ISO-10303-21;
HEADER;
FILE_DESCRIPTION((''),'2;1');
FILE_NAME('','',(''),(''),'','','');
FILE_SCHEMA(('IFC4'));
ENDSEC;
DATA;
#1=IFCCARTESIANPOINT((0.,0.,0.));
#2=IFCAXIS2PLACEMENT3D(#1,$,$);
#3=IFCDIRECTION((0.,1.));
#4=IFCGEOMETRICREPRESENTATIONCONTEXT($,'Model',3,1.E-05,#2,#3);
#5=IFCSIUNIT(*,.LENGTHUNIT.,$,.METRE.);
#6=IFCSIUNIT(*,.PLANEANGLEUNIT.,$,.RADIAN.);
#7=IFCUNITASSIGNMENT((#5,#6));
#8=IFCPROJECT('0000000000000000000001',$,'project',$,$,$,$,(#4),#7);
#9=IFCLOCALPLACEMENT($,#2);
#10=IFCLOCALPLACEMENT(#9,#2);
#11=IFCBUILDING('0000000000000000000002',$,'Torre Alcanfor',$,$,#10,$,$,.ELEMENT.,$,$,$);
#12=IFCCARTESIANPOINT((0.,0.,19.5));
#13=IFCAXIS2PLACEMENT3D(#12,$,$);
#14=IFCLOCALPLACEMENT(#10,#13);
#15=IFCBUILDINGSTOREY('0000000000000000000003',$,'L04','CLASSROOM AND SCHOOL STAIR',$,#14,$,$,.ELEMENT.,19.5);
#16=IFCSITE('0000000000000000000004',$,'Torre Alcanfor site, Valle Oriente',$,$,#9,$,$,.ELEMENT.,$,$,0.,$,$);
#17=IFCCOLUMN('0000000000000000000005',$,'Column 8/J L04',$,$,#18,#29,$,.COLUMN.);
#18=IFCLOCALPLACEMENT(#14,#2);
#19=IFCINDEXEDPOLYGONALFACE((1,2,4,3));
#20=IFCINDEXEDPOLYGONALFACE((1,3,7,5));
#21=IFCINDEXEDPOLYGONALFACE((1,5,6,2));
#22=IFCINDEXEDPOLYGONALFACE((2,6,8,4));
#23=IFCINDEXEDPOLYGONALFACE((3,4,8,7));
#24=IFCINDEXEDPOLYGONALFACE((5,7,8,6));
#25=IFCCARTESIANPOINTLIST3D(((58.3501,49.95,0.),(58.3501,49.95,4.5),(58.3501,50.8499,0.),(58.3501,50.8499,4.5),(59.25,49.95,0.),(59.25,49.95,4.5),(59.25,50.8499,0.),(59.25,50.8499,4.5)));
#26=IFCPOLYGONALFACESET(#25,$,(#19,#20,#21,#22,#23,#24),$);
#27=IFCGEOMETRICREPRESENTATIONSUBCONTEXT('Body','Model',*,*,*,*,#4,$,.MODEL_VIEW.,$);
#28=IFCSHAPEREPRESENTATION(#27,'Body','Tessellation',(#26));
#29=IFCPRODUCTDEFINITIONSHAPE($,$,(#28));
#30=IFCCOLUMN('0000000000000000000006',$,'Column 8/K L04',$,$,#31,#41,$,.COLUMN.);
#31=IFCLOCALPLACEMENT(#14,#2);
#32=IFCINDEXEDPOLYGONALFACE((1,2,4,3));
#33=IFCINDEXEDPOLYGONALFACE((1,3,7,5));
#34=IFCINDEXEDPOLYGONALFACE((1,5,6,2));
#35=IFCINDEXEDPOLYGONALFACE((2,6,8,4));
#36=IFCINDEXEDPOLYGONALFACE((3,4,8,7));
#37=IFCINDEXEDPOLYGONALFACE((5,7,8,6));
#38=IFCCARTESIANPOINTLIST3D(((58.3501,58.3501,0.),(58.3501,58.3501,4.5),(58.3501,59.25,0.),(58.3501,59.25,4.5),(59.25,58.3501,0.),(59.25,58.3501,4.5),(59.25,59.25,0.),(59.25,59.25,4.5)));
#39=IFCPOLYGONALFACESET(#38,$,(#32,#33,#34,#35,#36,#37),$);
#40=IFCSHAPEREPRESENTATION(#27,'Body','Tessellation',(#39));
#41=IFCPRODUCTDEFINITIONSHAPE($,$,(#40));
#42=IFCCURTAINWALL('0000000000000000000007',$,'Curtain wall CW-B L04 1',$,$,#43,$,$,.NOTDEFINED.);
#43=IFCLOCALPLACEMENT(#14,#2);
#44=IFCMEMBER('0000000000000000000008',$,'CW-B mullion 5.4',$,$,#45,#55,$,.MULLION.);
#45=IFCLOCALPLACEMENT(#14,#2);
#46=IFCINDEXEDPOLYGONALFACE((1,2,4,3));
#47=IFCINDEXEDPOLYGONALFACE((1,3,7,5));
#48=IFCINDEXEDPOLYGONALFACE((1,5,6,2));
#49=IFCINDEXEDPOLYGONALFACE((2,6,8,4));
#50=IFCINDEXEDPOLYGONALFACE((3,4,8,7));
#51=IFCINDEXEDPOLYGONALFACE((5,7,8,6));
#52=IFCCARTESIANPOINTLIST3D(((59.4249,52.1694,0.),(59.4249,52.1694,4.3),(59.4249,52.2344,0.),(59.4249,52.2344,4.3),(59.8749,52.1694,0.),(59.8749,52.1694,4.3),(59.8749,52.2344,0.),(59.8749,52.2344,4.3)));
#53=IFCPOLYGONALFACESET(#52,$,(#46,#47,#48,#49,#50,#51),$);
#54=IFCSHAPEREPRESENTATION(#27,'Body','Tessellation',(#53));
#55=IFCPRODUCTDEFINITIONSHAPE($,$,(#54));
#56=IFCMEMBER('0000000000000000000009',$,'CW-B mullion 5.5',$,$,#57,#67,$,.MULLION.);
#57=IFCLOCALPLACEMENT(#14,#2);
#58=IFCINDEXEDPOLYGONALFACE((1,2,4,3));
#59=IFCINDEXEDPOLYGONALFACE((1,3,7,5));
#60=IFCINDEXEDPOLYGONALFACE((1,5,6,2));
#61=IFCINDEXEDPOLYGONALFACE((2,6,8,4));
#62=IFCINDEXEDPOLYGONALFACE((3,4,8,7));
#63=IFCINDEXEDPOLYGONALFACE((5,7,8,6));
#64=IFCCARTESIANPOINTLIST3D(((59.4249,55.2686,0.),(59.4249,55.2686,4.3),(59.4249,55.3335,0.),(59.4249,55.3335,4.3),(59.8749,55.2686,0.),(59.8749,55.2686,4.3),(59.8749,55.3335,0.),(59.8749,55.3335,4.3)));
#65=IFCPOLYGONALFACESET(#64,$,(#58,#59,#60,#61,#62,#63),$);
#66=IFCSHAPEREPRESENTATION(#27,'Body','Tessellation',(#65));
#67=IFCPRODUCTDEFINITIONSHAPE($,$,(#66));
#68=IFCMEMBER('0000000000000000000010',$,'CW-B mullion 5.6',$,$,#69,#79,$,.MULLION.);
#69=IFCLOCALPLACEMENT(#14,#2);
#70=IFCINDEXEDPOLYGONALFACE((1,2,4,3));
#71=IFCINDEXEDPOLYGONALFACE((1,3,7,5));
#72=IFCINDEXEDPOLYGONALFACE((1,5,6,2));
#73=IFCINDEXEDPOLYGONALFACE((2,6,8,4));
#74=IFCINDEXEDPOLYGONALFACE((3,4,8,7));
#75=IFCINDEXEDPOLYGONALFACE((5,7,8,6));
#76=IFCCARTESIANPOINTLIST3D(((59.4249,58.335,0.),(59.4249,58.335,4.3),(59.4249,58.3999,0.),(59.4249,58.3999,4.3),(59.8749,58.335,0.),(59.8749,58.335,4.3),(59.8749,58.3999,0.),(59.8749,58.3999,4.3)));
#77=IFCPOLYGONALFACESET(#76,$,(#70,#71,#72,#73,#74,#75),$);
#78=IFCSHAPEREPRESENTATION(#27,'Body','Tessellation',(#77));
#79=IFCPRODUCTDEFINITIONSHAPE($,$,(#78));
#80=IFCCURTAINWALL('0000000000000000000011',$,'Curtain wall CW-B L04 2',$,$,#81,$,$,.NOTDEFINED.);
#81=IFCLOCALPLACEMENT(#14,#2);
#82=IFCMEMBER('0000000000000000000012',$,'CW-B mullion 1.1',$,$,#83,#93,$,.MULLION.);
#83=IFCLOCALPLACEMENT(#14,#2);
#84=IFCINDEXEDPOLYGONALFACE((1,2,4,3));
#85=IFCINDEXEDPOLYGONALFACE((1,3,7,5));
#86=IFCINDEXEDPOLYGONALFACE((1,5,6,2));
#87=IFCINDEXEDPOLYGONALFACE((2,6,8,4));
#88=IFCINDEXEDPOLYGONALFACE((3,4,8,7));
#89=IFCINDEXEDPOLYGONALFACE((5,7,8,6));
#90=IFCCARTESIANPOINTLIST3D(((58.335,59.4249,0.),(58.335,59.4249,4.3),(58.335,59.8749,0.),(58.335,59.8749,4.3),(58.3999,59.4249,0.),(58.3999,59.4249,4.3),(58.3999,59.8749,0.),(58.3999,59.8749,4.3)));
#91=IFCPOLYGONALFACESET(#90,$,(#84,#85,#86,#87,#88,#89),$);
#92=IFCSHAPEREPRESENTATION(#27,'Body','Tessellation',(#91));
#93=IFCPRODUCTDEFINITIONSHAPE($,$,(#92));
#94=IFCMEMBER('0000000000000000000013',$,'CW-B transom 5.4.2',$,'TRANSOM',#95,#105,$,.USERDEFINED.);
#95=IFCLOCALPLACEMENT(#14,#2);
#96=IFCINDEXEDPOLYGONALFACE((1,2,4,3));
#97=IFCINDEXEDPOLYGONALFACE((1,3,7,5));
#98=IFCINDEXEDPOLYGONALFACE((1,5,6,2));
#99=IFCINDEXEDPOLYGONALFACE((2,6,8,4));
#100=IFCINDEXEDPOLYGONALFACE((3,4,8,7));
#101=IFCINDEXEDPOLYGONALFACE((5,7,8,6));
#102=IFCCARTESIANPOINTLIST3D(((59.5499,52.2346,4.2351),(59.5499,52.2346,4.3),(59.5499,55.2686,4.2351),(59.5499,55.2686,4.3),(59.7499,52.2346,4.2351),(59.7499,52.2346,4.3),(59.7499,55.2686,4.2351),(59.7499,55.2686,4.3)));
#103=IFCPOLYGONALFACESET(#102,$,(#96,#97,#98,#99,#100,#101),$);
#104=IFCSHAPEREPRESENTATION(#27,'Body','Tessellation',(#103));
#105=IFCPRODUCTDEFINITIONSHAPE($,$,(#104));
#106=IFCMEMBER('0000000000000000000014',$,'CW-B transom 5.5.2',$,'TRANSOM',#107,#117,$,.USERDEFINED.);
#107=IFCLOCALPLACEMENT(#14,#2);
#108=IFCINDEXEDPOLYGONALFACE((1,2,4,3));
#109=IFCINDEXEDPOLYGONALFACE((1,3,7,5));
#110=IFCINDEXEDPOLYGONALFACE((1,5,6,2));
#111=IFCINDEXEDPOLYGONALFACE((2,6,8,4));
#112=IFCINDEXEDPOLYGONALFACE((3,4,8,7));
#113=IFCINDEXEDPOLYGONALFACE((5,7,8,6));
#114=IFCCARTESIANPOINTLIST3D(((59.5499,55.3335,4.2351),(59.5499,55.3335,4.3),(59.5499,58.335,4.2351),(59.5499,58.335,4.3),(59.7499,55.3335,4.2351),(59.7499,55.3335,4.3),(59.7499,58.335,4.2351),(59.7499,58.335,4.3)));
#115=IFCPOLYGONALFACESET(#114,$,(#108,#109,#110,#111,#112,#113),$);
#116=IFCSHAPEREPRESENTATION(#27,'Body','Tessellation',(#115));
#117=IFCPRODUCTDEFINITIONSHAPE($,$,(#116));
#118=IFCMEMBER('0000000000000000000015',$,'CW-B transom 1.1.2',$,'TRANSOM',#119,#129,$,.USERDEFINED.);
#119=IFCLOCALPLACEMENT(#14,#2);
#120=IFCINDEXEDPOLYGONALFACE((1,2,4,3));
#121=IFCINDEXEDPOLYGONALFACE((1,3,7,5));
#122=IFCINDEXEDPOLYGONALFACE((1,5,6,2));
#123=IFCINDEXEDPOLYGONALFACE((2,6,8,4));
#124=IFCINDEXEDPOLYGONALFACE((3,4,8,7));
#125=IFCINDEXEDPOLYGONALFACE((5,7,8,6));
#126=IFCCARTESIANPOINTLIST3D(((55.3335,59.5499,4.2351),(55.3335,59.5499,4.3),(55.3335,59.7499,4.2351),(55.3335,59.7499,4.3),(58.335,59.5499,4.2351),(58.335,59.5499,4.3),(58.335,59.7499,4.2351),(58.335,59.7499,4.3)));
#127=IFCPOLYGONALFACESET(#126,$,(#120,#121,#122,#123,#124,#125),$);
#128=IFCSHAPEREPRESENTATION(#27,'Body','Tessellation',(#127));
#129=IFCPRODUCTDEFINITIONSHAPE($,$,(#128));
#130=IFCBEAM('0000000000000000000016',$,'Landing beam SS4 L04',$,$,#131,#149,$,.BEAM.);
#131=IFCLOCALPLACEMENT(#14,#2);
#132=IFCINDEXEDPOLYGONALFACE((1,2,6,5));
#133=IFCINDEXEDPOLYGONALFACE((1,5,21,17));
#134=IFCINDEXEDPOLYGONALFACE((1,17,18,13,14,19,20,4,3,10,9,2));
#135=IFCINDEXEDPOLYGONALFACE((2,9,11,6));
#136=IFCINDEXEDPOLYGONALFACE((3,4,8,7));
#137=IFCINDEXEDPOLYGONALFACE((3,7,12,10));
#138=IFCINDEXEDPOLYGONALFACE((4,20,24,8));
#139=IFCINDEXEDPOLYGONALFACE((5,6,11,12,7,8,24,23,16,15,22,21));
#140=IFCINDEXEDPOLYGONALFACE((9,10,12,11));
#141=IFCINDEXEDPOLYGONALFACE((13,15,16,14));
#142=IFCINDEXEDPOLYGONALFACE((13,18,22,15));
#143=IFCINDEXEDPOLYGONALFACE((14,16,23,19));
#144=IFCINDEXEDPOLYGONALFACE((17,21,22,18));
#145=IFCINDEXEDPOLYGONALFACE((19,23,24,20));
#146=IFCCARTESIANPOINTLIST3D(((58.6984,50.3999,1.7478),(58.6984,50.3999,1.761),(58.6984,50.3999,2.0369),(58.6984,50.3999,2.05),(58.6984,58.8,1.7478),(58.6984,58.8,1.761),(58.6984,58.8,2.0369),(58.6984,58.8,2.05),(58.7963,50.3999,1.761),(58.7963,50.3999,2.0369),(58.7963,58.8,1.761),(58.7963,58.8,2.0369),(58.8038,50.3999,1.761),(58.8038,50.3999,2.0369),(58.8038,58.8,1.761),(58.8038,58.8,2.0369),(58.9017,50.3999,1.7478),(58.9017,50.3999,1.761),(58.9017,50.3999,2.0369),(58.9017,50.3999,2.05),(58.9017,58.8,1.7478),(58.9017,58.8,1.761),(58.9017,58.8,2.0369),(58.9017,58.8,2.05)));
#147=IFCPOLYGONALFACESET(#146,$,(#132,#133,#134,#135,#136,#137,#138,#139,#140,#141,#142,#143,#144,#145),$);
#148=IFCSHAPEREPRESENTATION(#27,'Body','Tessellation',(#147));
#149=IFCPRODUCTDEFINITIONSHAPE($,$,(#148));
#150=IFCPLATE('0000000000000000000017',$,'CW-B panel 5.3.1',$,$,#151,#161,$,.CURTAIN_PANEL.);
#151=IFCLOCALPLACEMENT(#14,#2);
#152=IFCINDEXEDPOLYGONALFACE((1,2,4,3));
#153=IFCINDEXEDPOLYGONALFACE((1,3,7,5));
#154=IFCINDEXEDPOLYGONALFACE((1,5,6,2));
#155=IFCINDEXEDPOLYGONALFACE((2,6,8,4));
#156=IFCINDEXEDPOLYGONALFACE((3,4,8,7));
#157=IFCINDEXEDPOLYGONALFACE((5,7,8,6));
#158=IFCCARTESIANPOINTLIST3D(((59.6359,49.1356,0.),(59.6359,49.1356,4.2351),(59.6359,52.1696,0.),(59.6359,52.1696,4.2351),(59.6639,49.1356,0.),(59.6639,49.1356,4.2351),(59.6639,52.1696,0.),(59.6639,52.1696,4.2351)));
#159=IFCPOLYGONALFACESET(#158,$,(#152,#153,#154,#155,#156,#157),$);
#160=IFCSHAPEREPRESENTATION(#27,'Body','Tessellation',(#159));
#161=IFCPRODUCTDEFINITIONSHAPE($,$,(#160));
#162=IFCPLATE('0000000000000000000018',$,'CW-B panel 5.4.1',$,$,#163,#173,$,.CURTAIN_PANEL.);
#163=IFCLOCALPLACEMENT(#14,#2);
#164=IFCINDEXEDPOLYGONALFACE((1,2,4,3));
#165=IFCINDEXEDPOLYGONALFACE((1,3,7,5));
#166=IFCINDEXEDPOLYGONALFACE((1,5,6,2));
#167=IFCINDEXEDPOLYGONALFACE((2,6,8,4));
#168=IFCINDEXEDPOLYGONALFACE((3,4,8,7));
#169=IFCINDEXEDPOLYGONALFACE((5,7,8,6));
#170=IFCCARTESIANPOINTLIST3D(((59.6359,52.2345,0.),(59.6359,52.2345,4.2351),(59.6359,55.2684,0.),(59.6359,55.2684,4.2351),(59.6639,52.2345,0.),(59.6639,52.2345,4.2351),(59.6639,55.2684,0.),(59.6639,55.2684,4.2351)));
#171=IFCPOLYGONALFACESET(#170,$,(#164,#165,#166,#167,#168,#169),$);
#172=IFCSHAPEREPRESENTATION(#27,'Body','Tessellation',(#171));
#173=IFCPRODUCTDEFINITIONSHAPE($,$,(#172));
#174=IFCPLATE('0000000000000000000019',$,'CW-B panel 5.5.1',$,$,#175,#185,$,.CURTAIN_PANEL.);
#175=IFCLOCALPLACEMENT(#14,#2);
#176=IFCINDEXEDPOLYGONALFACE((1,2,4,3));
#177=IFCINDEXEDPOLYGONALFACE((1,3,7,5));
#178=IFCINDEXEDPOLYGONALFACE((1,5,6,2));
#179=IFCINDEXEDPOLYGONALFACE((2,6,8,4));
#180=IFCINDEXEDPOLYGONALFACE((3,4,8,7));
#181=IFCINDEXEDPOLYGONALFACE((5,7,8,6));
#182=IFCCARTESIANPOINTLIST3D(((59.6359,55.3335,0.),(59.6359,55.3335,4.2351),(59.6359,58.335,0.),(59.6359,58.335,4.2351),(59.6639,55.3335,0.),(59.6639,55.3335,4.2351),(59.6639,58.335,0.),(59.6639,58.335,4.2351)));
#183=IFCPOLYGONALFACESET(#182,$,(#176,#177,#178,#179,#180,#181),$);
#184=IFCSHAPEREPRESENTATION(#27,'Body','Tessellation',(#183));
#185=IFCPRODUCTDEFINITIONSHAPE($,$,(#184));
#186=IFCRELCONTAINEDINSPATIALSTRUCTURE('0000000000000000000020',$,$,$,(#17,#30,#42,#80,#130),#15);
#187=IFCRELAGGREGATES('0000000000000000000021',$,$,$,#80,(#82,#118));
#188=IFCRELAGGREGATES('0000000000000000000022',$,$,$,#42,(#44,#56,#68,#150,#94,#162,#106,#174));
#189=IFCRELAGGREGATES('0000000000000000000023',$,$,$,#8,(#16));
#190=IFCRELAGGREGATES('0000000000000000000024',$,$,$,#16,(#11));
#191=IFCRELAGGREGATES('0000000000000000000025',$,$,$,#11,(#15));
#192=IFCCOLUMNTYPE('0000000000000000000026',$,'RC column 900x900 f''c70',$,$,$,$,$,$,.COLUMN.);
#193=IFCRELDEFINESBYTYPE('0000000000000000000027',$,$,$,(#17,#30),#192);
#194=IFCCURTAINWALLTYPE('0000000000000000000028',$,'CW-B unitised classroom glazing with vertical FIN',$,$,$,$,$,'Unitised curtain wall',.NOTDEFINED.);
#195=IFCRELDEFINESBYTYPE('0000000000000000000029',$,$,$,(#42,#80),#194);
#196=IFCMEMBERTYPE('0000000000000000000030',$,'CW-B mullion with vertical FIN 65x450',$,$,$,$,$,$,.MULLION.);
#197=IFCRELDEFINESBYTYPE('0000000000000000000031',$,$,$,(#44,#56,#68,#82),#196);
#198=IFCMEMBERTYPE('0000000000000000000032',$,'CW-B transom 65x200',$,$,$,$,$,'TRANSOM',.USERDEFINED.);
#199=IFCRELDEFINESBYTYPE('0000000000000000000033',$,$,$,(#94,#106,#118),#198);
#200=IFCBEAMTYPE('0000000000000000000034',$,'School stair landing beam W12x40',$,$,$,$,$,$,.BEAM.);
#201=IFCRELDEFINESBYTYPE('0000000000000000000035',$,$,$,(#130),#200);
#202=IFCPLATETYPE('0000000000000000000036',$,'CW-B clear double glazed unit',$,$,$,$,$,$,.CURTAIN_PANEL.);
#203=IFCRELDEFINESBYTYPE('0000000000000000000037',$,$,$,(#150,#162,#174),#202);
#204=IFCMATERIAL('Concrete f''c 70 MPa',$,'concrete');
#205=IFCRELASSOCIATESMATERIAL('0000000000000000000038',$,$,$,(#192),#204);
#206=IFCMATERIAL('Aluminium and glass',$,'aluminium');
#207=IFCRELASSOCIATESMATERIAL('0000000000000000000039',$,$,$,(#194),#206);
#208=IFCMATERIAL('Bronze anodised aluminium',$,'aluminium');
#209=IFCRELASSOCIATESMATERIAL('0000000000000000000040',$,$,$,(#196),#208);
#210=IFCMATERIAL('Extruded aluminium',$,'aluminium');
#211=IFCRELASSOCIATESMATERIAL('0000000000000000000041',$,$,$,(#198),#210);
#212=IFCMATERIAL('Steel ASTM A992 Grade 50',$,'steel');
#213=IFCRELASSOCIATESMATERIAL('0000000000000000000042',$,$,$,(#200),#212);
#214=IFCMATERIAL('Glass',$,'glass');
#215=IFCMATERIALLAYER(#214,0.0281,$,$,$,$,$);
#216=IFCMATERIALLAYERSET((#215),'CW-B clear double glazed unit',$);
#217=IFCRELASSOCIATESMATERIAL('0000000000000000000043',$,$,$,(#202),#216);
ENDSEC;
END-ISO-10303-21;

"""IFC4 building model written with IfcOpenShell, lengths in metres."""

from ifc_helpers import new_model, si_unit, direction, frame, origin, origin_2d, place, context, subcontext, project, spatial, rectangle, i_section, extrude, material, layer, layer_set, material_profile, profile_set, type_object, element, aggregate, save


model = new_model("IFC4")

# Units and contexts
model_context = context("Model", 3, precision=1e-05, world=origin(), true_north=direction((0.0, 1.0)))
body_context = subcontext(model_context, "Body", "Model", "MODEL_VIEW")
ifc_project = project(units=[si_unit("LENGTHUNIT", "METRE"), si_unit("PLANEANGLEUNIT", "RADIAN")], contexts=[model_context])

# Site, building, storey
site_placement = place(None, origin())
site = spatial("IfcSite", under=ifc_project, at=site_placement, Name="Torre Alcanfor site, Valle Oriente", CompositionType="ELEMENT", RefElevation=0.0)
building_placement = place(site_placement, origin())
building = spatial("IfcBuilding", under=site, at=building_placement, Name="Torre Alcanfor", CompositionType="ELEMENT")
storey_placement = place(building_placement, frame((0.0, 0.0, 19.5)))
storey = spatial("IfcBuildingStorey", under=building, at=storey_placement, Name="L04", Description="CLASSROOM AND SCHOOL STAIR", CompositionType="ELEMENT", Elevation=19.5)

# Columns
ifc_material_1 = material(Name="Concrete f'c 70 MPa", Category="concrete")
ifc_material_profile_1 = material_profile(ifc_material_1, rectangle(XDim=0.8999, YDim=0.8999, at=origin_2d()), Name="900x900")
ifc_profile_set_1 = profile_set([ifc_material_profile_1], Name="Concrete f'c 70 MPa")
column_type = type_object("IfcColumnType", Name="RC column 900x900 f'c70", PredefinedType="COLUMN", material=ifc_profile_set_1)
for number, where, z_axis, x_axis, name in (
    (1, (58.8, 50.3999, 0.0), (0.0, 0.0, 1.0), (1.0, 0.0, 0.0), "Column 8/J L04"),
    (2, (58.8, 58.8, 0.0), (0.0, 0.0, 1.0), (1.0, 0.0, 0.0), "Column 8/K L04"),
):
    element("IfcColumn", number, at=place(storey_placement, frame(where, z_axis=z_axis, x_axis=x_axis)), inside=storey, type_object=column_type, Name=name, PredefinedType="COLUMN", context=body_context, shape_type="SweptSolid", body=[
        extrude(rectangle(XDim=0.8999, YDim=0.8999, at=origin_2d()), origin(), (0.0, 0.0, 1.0), 4.5),
    ])

# Curtain wall, members
ifc_material_2 = material(Name="Aluminium and glass", Category="aluminium")
curtain_wall_type = type_object("IfcCurtainWallType", Name="CW-B unitised classroom glazing with vertical FIN", ElementType="Unitised curtain wall", PredefinedType="NOTDEFINED", material=ifc_material_2)
curtain_wall_1_placement = place(storey_placement, origin())
curtain_wall_1 = element("IfcCurtainWall", 3, at=curtain_wall_1_placement, inside=storey, type_object=curtain_wall_type, Name="Curtain wall CW-B L04 1", PredefinedType="NOTDEFINED")
ifc_material_3 = material(Name="Bronze anodised aluminium", Category="aluminium")
ifc_material_profile_2 = material_profile(ifc_material_3, rectangle(XDim=0.45, YDim=0.0649, at=origin_2d()), Name="CW-B mullion 65x450")
ifc_profile_set_2 = profile_set([ifc_material_profile_2], Name="Bronze anodised aluminium")
member_type_1 = type_object("IfcMemberType", Name="CW-B mullion with vertical FIN 65x450", PredefinedType="MULLION", material=ifc_profile_set_2)
member_1_placement = place(storey_placement, frame((59.6499, 52.2019, 0.0), z_axis=(0.0, 0.0, 1.0), x_axis=(-1.0, 0.0, 0.0)))
member_1 = element("IfcMember", 4, at=member_1_placement, type_object=member_type_1, Name="CW-B mullion 5.4", PredefinedType="MULLION", context=body_context, shape_type="SweptSolid", body=[
    extrude(rectangle(XDim=0.45, YDim=0.0649, at=origin_2d()), origin(), (0.0, 0.0, 1.0), 4.3),
])
member_2_placement = place(storey_placement, frame((59.6499, 55.301, 0.0), z_axis=(0.0, 0.0, 1.0), x_axis=(-1.0, 0.0, 0.0)))
member_2 = element("IfcMember", 5, at=member_2_placement, type_object=member_type_1, Name="CW-B mullion 5.5", PredefinedType="MULLION", context=body_context, shape_type="SweptSolid", body=[
    extrude(rectangle(XDim=0.45, YDim=0.0649, at=origin_2d()), origin(), (0.0, 0.0, 1.0), 4.3),
])
member_3_placement = place(storey_placement, frame((59.6499, 58.3674, 0.0), z_axis=(0.0, 0.0, 1.0), x_axis=(-1.0, 0.0, 0.0)))
member_3 = element("IfcMember", 6, at=member_3_placement, type_object=member_type_1, Name="CW-B mullion 5.6", PredefinedType="MULLION", context=body_context, shape_type="SweptSolid", body=[
    extrude(rectangle(XDim=0.45, YDim=0.0649, at=origin_2d()), origin(), (0.0, 0.0, 1.0), 4.3),
])

# Curtain wall, member
curtain_wall_2_placement = place(storey_placement, origin())
curtain_wall_2 = element("IfcCurtainWall", 7, at=curtain_wall_2_placement, inside=storey, type_object=curtain_wall_type, Name="Curtain wall CW-B L04 2", PredefinedType="NOTDEFINED")
member_4_placement = place(storey_placement, frame((58.3674, 59.6499, 0.0), z_axis=(0.0, 0.0, 1.0), x_axis=(0.0, -1.0, 0.0)))
member_4 = element("IfcMember", 8, at=member_4_placement, type_object=member_type_1, Name="CW-B mullion 1.1", PredefinedType="MULLION", context=body_context, shape_type="SweptSolid", body=[
    extrude(rectangle(XDim=0.45, YDim=0.0649, at=origin_2d()), origin(), (0.0, 0.0, 1.0), 4.3),
])

# Members
ifc_material_4 = material(Name="Extruded aluminium", Category="aluminium")
ifc_material_profile_3 = material_profile(ifc_material_4, rectangle(XDim=0.2, YDim=0.0649, at=origin_2d()), Name="CW-B transom 200x65")
ifc_profile_set_3 = profile_set([ifc_material_profile_3], Name="Extruded aluminium")
member_type_2 = type_object("IfcMemberType", Name="CW-B transom 65x200", ElementType="TRANSOM", PredefinedType="USERDEFINED", material=ifc_profile_set_3)
member_5_placement = place(storey_placement, frame((59.6499, 52.2346, 4.2676), z_axis=(0.0, 1.0, 0.0), x_axis=(-1.0, 0.0, 0.0)))
member_5 = element("IfcMember", 9, at=member_5_placement, type_object=member_type_2, Name="CW-B transom 5.4.2", ObjectType="TRANSOM", PredefinedType="USERDEFINED", context=body_context, shape_type="SweptSolid", body=[
    extrude(rectangle(XDim=0.2, YDim=0.0649, at=origin_2d()), origin(), (0.0, 0.0, 1.0), 3.0339),
])
member_6_placement = place(storey_placement, frame((59.6499, 55.3335, 4.2676), z_axis=(0.0, 1.0, 0.0), x_axis=(-1.0, 0.0, 0.0)))
member_6 = element("IfcMember", 10, at=member_6_placement, type_object=member_type_2, Name="CW-B transom 5.5.2", ObjectType="TRANSOM", PredefinedType="USERDEFINED", context=body_context, shape_type="SweptSolid", body=[
    extrude(rectangle(XDim=0.2, YDim=0.0649, at=origin_2d()), origin(), (0.0, 0.0, 1.0), 3.0015),
])
member_7_placement = place(storey_placement, frame((58.335, 59.6499, 4.2676), z_axis=(-1.0, 0.0, 0.0), x_axis=(0.0, -1.0, 0.0)))
member_7 = element("IfcMember", 11, at=member_7_placement, type_object=member_type_2, Name="CW-B transom 1.1.2", ObjectType="TRANSOM", PredefinedType="USERDEFINED", context=body_context, shape_type="SweptSolid", body=[
    extrude(rectangle(XDim=0.2, YDim=0.0649, at=origin_2d()), origin(), (0.0, 0.0, 1.0), 3.0015),
])
aggregate(curtain_wall_2, [member_4, member_7])

# Beam
ifc_material_5 = material(Name="Steel ASTM A992 Grade 50", Category="steel")
ifc_material_profile_4 = material_profile(ifc_material_5, i_section(OverallWidth=0.2034, OverallDepth=0.3022, WebThickness=0.0076, FlangeThickness=0.0132, at=origin_2d()), Name="W12x40")
ifc_profile_set_4 = profile_set([ifc_material_profile_4], Name="Steel ASTM A992 Grade 50")
beam_type = type_object("IfcBeamType", Name="School stair landing beam W12x40", PredefinedType="BEAM", material=ifc_profile_set_4)
beam_placement = place(storey_placement, frame((58.8, 50.3999, 1.8989), z_axis=(0.0, 1.0, 0.0), x_axis=(-1.0, 0.0, 0.0)))
element("IfcBeam", 12, at=beam_placement, inside=storey, type_object=beam_type, Name="Landing beam SS4 L04", PredefinedType="BEAM", context=body_context, shape_type="SweptSolid", body=[
    extrude(i_section(OverallWidth=0.2034, OverallDepth=0.3022, WebThickness=0.0076, FlangeThickness=0.0132, at=origin_2d()), origin(), (0.0, 0.0, 1.0), 8.4001),
])

# Plates
ifc_material_6 = material(Name="Glass", Category="glass")
ifc_layer_1 = layer(ifc_material_6, 0.0281)
ifc_layer_set_1 = layer_set([ifc_layer_1], Name="CW-B clear double glazed unit")
plate_type = type_object("IfcPlateType", Name="CW-B clear double glazed unit", PredefinedType="CURTAIN_PANEL", material=ifc_layer_set_1)
plate_1_placement = place(storey_placement, frame((59.6499, 50.6526, 0.0), z_axis=(0.0, 0.0, 1.0), x_axis=(0.0, 1.0, 0.0)))
plate_1 = element("IfcPlate", 13, at=plate_1_placement, type_object=plate_type, Name="CW-B panel 5.3.1", PredefinedType="CURTAIN_PANEL", context=body_context, shape_type="SweptSolid", body=[
    extrude(rectangle(XDim=3.0339, YDim=0.0281, at=origin_2d()), origin(), (0.0, 0.0, 1.0), 4.2351),
])
plate_2_placement = place(storey_placement, frame((59.6499, 53.7515, 0.0), z_axis=(0.0, 0.0, 1.0), x_axis=(0.0, 1.0, 0.0)))
plate_2 = element("IfcPlate", 14, at=plate_2_placement, type_object=plate_type, Name="CW-B panel 5.4.1", PredefinedType="CURTAIN_PANEL", context=body_context, shape_type="SweptSolid", body=[
    extrude(rectangle(XDim=3.0339, YDim=0.0281, at=origin_2d()), origin(), (0.0, 0.0, 1.0), 4.2351),
])
plate_3_placement = place(storey_placement, frame((59.6499, 56.8342, 0.0), z_axis=(0.0, 0.0, 1.0), x_axis=(0.0, 1.0, 0.0)))
plate_3 = element("IfcPlate", 15, at=plate_3_placement, type_object=plate_type, Name="CW-B panel 5.5.1", PredefinedType="CURTAIN_PANEL", context=body_context, shape_type="SweptSolid", body=[
    extrude(rectangle(XDim=3.0015, YDim=0.0281, at=origin_2d()), origin(), (0.0, 0.0, 1.0), 4.2351),
])
aggregate(curtain_wall_1, [member_1, member_2, member_3, plate_1, member_5, plate_2, member_6, plate_3])

save(model, "model.ifc")
